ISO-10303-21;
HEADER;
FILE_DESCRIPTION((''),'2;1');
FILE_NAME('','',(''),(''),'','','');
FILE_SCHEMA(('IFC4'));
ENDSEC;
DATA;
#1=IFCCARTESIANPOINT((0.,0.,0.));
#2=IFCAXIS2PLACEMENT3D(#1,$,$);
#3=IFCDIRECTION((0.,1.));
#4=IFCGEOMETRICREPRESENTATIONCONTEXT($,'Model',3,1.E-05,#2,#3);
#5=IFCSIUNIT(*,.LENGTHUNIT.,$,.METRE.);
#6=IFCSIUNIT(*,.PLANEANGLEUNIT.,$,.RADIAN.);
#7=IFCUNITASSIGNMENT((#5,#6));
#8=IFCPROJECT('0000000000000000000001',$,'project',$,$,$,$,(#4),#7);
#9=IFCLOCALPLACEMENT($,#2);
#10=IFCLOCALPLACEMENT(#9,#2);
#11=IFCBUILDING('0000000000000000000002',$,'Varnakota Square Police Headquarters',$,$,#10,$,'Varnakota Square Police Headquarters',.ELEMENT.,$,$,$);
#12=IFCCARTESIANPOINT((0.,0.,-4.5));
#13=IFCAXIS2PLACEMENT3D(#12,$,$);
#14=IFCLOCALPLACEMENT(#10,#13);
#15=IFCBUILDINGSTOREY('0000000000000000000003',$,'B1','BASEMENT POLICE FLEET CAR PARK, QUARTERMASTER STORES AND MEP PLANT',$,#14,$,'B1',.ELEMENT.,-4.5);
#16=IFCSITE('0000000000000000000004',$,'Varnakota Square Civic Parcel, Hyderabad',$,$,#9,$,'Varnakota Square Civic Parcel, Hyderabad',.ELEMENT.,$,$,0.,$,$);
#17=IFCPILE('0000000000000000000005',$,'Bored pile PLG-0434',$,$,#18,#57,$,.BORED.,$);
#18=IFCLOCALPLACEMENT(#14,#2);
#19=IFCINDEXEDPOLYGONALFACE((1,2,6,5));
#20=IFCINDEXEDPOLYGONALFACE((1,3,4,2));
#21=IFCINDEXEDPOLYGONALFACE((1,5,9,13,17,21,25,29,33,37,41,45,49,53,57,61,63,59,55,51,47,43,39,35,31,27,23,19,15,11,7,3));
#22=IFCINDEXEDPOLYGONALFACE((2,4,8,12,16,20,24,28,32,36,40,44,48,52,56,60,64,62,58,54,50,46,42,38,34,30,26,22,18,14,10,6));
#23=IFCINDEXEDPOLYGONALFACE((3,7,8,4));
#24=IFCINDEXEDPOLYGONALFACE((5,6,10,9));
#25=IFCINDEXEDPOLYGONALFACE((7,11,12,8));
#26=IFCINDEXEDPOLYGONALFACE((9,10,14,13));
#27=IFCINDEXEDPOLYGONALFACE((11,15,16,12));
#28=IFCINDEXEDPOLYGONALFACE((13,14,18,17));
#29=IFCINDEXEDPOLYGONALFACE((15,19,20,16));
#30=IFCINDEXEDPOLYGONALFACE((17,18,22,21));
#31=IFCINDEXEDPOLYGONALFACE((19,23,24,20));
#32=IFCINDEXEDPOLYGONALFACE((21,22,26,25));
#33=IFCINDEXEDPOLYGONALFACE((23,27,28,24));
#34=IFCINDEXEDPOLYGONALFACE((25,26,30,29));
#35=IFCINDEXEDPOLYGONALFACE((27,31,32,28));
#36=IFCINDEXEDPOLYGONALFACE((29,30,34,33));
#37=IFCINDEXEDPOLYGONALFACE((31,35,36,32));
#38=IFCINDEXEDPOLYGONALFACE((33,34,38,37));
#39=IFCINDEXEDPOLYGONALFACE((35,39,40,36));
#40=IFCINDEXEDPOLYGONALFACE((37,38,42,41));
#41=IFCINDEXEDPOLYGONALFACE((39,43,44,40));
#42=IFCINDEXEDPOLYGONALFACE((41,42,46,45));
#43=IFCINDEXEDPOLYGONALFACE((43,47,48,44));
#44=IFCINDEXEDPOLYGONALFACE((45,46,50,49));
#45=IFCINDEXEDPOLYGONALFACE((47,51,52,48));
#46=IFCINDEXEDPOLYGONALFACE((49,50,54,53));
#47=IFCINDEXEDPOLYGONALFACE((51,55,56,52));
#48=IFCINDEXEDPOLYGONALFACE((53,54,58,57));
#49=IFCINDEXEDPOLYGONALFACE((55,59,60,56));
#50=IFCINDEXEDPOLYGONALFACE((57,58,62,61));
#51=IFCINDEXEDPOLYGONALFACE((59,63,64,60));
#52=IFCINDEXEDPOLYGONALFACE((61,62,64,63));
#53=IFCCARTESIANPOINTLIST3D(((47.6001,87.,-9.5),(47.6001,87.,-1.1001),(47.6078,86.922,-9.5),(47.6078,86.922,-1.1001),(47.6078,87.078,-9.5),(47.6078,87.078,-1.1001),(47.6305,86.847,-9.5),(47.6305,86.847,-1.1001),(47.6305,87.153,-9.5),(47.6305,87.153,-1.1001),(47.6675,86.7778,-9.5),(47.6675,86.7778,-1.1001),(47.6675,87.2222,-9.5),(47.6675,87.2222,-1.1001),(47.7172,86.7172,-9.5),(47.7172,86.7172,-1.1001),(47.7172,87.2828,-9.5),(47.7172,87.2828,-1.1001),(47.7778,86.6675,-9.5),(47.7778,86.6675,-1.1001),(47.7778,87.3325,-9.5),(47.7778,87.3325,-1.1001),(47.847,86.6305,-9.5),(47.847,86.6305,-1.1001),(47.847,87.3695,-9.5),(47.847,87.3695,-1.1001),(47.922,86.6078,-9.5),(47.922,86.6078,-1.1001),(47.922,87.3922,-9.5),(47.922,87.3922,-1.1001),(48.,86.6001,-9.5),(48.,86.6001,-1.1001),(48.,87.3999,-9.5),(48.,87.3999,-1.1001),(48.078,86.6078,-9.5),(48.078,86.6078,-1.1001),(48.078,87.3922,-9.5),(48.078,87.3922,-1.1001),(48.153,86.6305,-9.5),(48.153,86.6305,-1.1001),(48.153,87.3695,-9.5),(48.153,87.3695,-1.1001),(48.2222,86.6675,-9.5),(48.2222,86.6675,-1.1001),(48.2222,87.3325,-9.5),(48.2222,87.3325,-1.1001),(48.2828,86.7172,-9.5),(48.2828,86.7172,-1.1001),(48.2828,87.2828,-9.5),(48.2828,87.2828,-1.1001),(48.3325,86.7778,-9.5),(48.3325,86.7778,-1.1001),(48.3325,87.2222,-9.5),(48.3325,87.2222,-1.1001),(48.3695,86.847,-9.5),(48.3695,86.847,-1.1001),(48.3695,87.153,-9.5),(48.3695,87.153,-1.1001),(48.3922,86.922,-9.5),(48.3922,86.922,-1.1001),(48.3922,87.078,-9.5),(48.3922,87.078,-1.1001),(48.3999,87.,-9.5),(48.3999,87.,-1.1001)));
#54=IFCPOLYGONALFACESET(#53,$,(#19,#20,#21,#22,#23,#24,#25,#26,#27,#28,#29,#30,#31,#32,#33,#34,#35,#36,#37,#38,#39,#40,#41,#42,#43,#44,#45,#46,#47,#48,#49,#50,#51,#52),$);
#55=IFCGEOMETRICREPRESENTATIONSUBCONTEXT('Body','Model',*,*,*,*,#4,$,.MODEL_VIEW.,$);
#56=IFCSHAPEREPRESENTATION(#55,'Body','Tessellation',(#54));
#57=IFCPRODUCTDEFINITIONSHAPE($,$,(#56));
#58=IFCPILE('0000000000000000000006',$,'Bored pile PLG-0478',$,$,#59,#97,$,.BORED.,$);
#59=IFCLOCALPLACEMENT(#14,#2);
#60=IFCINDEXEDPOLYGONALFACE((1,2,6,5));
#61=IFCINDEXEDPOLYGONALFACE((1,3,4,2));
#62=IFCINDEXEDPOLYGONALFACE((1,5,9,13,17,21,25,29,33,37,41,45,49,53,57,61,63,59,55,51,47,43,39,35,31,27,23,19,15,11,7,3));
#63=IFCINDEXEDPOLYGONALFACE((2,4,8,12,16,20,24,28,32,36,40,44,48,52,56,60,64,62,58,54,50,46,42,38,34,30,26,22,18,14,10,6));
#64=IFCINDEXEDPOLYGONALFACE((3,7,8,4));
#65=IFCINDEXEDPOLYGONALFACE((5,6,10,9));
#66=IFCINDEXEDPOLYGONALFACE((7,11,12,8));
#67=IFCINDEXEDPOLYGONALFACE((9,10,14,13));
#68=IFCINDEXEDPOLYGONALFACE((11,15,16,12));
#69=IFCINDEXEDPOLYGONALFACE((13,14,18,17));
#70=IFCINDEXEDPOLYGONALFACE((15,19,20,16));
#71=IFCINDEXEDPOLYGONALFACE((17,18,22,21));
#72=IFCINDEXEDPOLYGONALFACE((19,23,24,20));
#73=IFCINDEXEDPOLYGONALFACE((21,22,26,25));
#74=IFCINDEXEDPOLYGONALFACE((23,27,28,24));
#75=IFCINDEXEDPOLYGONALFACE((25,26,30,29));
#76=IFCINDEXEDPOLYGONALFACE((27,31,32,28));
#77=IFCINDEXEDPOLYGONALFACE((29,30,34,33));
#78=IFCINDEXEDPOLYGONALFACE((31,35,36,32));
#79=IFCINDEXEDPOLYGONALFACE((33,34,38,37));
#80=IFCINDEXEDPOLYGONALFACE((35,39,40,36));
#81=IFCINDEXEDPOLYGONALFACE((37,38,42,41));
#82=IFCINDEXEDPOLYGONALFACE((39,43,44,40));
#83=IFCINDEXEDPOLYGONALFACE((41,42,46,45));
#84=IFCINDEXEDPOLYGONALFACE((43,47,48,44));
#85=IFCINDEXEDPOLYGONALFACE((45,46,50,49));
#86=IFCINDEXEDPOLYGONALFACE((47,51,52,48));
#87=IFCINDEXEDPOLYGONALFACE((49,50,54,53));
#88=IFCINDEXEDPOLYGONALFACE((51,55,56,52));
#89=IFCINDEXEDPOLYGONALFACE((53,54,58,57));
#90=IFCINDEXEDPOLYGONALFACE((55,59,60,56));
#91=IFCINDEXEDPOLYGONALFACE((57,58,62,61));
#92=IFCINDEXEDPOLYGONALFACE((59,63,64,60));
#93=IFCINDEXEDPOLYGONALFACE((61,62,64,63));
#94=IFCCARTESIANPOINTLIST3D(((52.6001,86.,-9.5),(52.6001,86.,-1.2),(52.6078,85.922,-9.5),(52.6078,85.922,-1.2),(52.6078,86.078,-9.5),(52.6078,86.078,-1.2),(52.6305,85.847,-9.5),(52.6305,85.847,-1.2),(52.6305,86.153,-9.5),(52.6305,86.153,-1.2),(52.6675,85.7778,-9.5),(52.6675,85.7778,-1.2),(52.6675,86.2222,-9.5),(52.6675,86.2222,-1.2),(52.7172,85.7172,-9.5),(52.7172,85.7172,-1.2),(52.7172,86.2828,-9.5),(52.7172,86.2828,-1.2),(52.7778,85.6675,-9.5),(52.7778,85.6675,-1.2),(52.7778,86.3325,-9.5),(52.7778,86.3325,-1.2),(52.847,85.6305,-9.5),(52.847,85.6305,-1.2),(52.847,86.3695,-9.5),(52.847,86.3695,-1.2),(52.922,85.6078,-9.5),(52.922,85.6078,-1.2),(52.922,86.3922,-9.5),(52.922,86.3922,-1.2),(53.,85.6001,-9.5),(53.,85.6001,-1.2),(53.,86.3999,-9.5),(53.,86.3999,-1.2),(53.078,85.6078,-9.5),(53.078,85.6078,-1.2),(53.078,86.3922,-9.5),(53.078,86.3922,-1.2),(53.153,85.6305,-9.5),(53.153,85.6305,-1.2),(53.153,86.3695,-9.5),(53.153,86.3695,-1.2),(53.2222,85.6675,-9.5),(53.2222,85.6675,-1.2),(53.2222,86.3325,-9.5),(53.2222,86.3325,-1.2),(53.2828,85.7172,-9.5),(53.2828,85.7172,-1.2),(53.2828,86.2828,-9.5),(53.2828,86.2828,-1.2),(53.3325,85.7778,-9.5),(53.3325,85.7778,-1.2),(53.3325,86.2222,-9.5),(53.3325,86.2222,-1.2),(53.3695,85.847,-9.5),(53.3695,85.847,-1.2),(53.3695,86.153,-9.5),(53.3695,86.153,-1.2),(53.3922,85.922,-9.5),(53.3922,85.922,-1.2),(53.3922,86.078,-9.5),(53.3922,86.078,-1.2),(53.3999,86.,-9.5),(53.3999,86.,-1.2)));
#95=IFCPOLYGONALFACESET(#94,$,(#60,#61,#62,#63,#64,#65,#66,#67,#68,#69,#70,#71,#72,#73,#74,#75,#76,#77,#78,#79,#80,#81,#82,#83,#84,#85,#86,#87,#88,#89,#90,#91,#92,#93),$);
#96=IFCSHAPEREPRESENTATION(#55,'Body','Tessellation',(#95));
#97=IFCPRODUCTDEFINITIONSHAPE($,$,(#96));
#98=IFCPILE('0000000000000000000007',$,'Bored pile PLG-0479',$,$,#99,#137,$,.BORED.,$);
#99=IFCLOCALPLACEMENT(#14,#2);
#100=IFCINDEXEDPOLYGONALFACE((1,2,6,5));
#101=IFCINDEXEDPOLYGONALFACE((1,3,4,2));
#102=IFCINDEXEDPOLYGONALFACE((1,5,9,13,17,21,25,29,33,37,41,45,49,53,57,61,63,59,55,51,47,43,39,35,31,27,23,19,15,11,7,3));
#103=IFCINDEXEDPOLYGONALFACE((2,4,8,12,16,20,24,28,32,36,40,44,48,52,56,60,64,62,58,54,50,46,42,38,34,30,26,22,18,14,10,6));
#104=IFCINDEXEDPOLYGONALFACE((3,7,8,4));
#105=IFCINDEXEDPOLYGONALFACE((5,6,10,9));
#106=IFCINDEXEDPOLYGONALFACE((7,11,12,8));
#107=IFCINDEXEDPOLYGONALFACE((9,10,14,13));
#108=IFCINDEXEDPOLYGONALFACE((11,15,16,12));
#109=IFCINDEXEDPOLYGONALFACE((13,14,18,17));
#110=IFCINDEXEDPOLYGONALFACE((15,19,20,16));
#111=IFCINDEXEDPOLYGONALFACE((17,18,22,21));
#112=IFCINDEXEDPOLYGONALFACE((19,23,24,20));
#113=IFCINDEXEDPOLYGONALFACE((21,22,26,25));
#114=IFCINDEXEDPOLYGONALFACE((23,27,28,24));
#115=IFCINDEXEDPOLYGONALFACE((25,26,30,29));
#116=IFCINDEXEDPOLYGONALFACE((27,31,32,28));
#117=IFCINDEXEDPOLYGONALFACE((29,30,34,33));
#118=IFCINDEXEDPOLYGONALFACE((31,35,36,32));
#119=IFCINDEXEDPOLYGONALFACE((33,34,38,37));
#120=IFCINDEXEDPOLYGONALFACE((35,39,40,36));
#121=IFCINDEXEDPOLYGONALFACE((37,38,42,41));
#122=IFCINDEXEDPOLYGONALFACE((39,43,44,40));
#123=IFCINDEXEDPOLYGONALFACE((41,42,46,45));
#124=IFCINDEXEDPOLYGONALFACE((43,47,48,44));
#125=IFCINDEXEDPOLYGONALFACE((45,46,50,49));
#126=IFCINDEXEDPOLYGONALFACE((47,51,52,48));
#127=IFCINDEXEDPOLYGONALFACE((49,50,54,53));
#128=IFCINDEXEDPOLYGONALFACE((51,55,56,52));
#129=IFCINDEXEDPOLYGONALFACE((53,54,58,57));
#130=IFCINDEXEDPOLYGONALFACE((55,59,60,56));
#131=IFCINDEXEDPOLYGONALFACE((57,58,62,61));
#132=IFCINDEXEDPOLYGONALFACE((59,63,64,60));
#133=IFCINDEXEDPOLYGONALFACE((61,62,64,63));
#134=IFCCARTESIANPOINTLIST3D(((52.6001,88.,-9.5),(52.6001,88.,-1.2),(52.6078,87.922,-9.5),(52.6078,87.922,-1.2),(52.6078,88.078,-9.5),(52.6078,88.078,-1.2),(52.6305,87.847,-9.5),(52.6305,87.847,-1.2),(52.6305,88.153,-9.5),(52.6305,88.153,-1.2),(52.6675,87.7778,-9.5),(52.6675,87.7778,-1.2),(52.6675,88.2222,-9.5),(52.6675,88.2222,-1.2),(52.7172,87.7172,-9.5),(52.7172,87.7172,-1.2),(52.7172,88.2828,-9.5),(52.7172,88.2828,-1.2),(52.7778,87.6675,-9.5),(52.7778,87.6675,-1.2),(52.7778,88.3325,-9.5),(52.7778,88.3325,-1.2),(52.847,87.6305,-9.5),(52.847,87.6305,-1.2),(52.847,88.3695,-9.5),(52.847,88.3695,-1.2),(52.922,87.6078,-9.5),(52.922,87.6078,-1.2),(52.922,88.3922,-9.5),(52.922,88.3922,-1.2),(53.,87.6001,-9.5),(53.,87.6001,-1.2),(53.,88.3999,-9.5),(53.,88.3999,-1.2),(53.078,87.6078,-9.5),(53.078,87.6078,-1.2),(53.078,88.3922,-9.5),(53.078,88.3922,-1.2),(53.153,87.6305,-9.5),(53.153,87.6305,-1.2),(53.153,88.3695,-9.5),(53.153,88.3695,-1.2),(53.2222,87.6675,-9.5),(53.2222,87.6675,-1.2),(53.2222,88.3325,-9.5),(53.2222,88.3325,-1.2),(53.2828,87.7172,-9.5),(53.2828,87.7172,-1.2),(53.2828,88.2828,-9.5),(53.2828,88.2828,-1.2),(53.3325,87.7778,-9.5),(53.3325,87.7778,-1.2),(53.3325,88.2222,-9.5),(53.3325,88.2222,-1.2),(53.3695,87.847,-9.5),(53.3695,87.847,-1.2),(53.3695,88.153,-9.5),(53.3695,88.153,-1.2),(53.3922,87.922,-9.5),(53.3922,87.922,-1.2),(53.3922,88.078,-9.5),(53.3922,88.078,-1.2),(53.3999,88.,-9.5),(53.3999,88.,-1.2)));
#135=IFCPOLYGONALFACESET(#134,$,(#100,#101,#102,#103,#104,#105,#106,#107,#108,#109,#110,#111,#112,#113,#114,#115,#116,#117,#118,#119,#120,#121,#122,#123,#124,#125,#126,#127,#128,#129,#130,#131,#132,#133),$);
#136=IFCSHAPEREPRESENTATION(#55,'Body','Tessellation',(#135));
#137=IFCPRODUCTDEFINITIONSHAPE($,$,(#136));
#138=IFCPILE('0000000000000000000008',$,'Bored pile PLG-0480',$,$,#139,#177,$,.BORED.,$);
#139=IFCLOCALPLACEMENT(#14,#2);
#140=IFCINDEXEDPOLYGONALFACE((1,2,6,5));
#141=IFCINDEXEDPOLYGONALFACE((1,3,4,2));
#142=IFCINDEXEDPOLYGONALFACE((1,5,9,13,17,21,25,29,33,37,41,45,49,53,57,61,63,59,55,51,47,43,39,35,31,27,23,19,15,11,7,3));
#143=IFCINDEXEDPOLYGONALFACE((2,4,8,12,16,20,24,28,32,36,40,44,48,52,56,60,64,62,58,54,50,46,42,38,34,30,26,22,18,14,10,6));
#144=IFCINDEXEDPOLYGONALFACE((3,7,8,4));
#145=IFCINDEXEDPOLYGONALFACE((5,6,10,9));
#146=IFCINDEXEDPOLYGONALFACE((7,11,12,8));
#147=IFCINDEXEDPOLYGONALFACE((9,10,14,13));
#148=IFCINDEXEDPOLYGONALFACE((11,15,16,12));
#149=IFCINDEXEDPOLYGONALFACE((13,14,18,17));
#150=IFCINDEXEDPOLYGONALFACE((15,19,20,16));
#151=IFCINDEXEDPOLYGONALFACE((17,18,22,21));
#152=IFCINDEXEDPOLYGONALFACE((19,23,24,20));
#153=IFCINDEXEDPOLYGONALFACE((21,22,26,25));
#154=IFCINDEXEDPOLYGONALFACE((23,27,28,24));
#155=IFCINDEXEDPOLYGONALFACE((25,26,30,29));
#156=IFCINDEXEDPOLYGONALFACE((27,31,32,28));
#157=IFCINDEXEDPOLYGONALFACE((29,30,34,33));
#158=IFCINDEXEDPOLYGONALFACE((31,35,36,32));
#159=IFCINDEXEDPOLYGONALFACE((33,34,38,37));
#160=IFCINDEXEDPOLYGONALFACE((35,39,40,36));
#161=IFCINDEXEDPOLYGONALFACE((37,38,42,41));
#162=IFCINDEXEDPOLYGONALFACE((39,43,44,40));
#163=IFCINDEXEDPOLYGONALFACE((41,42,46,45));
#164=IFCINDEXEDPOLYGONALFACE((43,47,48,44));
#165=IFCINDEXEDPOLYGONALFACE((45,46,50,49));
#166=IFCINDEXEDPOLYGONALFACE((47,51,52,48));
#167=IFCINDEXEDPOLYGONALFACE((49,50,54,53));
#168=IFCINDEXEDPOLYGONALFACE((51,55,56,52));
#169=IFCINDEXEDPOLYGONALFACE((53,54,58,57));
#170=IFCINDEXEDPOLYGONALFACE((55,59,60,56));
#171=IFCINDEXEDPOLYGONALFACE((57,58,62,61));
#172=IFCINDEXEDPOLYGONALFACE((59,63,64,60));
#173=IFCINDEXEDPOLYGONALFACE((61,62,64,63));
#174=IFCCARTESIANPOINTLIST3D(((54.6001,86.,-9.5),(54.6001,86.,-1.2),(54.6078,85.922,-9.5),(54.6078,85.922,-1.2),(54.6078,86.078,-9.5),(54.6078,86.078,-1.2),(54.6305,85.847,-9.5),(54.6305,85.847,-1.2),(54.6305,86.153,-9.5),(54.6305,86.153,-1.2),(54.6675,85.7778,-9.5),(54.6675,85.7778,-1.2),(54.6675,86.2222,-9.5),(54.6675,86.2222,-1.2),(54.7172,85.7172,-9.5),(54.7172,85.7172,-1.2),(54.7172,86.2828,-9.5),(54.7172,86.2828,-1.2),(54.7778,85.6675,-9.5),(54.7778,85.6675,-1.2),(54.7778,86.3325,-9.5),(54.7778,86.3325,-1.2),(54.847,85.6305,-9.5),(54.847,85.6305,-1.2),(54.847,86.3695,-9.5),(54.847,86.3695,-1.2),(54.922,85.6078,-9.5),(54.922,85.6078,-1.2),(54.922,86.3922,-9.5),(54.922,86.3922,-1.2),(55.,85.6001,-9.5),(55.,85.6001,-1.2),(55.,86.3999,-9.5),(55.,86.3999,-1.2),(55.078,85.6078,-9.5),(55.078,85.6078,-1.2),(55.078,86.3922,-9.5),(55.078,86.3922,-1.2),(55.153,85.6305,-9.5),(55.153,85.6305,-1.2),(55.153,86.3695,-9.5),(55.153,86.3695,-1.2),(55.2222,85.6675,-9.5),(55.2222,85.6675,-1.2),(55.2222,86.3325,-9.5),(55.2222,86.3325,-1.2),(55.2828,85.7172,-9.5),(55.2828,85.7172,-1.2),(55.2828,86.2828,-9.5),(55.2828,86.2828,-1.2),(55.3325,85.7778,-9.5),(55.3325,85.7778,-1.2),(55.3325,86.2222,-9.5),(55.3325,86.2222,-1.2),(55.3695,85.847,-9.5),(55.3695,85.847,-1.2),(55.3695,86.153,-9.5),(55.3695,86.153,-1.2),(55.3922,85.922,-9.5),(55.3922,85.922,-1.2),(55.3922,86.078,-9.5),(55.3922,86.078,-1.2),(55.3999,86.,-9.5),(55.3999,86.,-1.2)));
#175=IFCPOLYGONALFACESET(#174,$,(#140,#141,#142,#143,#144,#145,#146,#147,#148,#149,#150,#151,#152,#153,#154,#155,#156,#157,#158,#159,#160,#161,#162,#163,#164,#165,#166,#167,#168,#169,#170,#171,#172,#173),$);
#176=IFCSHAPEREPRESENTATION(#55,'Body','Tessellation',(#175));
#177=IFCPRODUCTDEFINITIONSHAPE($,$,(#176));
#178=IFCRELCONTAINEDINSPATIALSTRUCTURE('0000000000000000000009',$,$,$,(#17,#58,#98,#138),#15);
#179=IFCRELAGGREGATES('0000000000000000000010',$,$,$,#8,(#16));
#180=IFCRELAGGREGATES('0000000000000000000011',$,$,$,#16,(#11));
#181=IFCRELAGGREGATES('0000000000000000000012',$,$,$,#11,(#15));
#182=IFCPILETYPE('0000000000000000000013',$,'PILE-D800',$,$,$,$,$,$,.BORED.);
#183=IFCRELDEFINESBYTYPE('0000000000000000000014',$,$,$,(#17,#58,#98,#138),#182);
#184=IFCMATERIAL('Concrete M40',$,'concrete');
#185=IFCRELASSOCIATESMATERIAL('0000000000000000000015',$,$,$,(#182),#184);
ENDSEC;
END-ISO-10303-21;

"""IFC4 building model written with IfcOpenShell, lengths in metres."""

from ifc_helpers import new_model, si_unit, direction, frame, origin, origin_2d, place, context, subcontext, project, spatial, circle, extrude, material, material_profile, profile_set, type_object, element, save


model = new_model("IFC4")

# Units and contexts
model_context = context("Model", 3, precision=1e-05, world=origin(), true_north=direction((0.0, 1.0)))
body_context = subcontext(model_context, "Body", "Model", "MODEL_VIEW")
ifc_project = project(units=[si_unit("LENGTHUNIT", "METRE"), si_unit("PLANEANGLEUNIT", "RADIAN")], contexts=[model_context])

# Site, building, storey
site_placement = place(None, origin())
site = spatial("IfcSite", under=ifc_project, at=site_placement, Name="Varnakota Square Civic Parcel, Hyderabad", LongName="Varnakota Square Civic Parcel, Hyderabad", CompositionType="ELEMENT", RefElevation=0.0)
building_placement = place(site_placement, origin())
building = spatial("IfcBuilding", under=site, at=building_placement, Name="Varnakota Square Police Headquarters", LongName="Varnakota Square Police Headquarters", CompositionType="ELEMENT")
storey_placement = place(building_placement, frame((0.0, 0.0, -4.5)))
storey = spatial("IfcBuildingStorey", under=building, at=storey_placement, Name="B1", Description="BASEMENT POLICE FLEET CAR PARK, QUARTERMASTER STORES AND MEP PLANT", LongName="B1", CompositionType="ELEMENT", Elevation=-4.5)

# Shared definitions
ifc_material_1 = material(Name="Concrete M40", Category="concrete")

# Piles
ifc_material_profile_1 = material_profile(ifc_material_1, circle(Radius=0.3999, at=origin_2d()), Name="BORED PILE 800")
ifc_profile_set_1 = profile_set([ifc_material_profile_1], Name="Concrete M40")
pile_type = type_object("IfcPileType", Name="PILE-D800", PredefinedType="BORED", material=ifc_profile_set_1)
for number, where, z_axis, x_axis, name in (
    (1, (48.0, 87.0, -1.1001), (0.0, 0.0, -1.0), (1.0, 0.0, 0.0), "Bored pile PLG-0434"),
):
    element("IfcPile", number, at=place(storey_placement, frame(where, z_axis=z_axis, x_axis=x_axis)), inside=storey, type_object=pile_type, Name=name, PredefinedType="BORED", context=body_context, shape_type="SweptSolid", body=[
        extrude(circle(Radius=0.3999, at=origin_2d()), origin(), (0.0, 0.0, 1.0), 8.3999),
    ])
for number, where, z_axis, x_axis, name in (
    (2, (53.0, 86.0, -1.2), (0.0, 0.0, -1.0), (1.0, 0.0, 0.0), "Bored pile PLG-0478"),
    (3, (53.0, 88.0, -1.2), (0.0, 0.0, -1.0), (1.0, 0.0, 0.0), "Bored pile PLG-0479"),
    (4, (55.0, 86.0, -1.2), (0.0, 0.0, -1.0), (1.0, 0.0, 0.0), "Bored pile PLG-0480"),
):
    element("IfcPile", number, at=place(storey_placement, frame(where, z_axis=z_axis, x_axis=x_axis)), inside=storey, type_object=pile_type, Name=name, PredefinedType="BORED", context=body_context, shape_type="SweptSolid", body=[
        extrude(circle(Radius=0.3999, at=origin_2d()), origin(), (0.0, 0.0, 1.0), 8.3),
    ])

save(model, "model.ifc")
